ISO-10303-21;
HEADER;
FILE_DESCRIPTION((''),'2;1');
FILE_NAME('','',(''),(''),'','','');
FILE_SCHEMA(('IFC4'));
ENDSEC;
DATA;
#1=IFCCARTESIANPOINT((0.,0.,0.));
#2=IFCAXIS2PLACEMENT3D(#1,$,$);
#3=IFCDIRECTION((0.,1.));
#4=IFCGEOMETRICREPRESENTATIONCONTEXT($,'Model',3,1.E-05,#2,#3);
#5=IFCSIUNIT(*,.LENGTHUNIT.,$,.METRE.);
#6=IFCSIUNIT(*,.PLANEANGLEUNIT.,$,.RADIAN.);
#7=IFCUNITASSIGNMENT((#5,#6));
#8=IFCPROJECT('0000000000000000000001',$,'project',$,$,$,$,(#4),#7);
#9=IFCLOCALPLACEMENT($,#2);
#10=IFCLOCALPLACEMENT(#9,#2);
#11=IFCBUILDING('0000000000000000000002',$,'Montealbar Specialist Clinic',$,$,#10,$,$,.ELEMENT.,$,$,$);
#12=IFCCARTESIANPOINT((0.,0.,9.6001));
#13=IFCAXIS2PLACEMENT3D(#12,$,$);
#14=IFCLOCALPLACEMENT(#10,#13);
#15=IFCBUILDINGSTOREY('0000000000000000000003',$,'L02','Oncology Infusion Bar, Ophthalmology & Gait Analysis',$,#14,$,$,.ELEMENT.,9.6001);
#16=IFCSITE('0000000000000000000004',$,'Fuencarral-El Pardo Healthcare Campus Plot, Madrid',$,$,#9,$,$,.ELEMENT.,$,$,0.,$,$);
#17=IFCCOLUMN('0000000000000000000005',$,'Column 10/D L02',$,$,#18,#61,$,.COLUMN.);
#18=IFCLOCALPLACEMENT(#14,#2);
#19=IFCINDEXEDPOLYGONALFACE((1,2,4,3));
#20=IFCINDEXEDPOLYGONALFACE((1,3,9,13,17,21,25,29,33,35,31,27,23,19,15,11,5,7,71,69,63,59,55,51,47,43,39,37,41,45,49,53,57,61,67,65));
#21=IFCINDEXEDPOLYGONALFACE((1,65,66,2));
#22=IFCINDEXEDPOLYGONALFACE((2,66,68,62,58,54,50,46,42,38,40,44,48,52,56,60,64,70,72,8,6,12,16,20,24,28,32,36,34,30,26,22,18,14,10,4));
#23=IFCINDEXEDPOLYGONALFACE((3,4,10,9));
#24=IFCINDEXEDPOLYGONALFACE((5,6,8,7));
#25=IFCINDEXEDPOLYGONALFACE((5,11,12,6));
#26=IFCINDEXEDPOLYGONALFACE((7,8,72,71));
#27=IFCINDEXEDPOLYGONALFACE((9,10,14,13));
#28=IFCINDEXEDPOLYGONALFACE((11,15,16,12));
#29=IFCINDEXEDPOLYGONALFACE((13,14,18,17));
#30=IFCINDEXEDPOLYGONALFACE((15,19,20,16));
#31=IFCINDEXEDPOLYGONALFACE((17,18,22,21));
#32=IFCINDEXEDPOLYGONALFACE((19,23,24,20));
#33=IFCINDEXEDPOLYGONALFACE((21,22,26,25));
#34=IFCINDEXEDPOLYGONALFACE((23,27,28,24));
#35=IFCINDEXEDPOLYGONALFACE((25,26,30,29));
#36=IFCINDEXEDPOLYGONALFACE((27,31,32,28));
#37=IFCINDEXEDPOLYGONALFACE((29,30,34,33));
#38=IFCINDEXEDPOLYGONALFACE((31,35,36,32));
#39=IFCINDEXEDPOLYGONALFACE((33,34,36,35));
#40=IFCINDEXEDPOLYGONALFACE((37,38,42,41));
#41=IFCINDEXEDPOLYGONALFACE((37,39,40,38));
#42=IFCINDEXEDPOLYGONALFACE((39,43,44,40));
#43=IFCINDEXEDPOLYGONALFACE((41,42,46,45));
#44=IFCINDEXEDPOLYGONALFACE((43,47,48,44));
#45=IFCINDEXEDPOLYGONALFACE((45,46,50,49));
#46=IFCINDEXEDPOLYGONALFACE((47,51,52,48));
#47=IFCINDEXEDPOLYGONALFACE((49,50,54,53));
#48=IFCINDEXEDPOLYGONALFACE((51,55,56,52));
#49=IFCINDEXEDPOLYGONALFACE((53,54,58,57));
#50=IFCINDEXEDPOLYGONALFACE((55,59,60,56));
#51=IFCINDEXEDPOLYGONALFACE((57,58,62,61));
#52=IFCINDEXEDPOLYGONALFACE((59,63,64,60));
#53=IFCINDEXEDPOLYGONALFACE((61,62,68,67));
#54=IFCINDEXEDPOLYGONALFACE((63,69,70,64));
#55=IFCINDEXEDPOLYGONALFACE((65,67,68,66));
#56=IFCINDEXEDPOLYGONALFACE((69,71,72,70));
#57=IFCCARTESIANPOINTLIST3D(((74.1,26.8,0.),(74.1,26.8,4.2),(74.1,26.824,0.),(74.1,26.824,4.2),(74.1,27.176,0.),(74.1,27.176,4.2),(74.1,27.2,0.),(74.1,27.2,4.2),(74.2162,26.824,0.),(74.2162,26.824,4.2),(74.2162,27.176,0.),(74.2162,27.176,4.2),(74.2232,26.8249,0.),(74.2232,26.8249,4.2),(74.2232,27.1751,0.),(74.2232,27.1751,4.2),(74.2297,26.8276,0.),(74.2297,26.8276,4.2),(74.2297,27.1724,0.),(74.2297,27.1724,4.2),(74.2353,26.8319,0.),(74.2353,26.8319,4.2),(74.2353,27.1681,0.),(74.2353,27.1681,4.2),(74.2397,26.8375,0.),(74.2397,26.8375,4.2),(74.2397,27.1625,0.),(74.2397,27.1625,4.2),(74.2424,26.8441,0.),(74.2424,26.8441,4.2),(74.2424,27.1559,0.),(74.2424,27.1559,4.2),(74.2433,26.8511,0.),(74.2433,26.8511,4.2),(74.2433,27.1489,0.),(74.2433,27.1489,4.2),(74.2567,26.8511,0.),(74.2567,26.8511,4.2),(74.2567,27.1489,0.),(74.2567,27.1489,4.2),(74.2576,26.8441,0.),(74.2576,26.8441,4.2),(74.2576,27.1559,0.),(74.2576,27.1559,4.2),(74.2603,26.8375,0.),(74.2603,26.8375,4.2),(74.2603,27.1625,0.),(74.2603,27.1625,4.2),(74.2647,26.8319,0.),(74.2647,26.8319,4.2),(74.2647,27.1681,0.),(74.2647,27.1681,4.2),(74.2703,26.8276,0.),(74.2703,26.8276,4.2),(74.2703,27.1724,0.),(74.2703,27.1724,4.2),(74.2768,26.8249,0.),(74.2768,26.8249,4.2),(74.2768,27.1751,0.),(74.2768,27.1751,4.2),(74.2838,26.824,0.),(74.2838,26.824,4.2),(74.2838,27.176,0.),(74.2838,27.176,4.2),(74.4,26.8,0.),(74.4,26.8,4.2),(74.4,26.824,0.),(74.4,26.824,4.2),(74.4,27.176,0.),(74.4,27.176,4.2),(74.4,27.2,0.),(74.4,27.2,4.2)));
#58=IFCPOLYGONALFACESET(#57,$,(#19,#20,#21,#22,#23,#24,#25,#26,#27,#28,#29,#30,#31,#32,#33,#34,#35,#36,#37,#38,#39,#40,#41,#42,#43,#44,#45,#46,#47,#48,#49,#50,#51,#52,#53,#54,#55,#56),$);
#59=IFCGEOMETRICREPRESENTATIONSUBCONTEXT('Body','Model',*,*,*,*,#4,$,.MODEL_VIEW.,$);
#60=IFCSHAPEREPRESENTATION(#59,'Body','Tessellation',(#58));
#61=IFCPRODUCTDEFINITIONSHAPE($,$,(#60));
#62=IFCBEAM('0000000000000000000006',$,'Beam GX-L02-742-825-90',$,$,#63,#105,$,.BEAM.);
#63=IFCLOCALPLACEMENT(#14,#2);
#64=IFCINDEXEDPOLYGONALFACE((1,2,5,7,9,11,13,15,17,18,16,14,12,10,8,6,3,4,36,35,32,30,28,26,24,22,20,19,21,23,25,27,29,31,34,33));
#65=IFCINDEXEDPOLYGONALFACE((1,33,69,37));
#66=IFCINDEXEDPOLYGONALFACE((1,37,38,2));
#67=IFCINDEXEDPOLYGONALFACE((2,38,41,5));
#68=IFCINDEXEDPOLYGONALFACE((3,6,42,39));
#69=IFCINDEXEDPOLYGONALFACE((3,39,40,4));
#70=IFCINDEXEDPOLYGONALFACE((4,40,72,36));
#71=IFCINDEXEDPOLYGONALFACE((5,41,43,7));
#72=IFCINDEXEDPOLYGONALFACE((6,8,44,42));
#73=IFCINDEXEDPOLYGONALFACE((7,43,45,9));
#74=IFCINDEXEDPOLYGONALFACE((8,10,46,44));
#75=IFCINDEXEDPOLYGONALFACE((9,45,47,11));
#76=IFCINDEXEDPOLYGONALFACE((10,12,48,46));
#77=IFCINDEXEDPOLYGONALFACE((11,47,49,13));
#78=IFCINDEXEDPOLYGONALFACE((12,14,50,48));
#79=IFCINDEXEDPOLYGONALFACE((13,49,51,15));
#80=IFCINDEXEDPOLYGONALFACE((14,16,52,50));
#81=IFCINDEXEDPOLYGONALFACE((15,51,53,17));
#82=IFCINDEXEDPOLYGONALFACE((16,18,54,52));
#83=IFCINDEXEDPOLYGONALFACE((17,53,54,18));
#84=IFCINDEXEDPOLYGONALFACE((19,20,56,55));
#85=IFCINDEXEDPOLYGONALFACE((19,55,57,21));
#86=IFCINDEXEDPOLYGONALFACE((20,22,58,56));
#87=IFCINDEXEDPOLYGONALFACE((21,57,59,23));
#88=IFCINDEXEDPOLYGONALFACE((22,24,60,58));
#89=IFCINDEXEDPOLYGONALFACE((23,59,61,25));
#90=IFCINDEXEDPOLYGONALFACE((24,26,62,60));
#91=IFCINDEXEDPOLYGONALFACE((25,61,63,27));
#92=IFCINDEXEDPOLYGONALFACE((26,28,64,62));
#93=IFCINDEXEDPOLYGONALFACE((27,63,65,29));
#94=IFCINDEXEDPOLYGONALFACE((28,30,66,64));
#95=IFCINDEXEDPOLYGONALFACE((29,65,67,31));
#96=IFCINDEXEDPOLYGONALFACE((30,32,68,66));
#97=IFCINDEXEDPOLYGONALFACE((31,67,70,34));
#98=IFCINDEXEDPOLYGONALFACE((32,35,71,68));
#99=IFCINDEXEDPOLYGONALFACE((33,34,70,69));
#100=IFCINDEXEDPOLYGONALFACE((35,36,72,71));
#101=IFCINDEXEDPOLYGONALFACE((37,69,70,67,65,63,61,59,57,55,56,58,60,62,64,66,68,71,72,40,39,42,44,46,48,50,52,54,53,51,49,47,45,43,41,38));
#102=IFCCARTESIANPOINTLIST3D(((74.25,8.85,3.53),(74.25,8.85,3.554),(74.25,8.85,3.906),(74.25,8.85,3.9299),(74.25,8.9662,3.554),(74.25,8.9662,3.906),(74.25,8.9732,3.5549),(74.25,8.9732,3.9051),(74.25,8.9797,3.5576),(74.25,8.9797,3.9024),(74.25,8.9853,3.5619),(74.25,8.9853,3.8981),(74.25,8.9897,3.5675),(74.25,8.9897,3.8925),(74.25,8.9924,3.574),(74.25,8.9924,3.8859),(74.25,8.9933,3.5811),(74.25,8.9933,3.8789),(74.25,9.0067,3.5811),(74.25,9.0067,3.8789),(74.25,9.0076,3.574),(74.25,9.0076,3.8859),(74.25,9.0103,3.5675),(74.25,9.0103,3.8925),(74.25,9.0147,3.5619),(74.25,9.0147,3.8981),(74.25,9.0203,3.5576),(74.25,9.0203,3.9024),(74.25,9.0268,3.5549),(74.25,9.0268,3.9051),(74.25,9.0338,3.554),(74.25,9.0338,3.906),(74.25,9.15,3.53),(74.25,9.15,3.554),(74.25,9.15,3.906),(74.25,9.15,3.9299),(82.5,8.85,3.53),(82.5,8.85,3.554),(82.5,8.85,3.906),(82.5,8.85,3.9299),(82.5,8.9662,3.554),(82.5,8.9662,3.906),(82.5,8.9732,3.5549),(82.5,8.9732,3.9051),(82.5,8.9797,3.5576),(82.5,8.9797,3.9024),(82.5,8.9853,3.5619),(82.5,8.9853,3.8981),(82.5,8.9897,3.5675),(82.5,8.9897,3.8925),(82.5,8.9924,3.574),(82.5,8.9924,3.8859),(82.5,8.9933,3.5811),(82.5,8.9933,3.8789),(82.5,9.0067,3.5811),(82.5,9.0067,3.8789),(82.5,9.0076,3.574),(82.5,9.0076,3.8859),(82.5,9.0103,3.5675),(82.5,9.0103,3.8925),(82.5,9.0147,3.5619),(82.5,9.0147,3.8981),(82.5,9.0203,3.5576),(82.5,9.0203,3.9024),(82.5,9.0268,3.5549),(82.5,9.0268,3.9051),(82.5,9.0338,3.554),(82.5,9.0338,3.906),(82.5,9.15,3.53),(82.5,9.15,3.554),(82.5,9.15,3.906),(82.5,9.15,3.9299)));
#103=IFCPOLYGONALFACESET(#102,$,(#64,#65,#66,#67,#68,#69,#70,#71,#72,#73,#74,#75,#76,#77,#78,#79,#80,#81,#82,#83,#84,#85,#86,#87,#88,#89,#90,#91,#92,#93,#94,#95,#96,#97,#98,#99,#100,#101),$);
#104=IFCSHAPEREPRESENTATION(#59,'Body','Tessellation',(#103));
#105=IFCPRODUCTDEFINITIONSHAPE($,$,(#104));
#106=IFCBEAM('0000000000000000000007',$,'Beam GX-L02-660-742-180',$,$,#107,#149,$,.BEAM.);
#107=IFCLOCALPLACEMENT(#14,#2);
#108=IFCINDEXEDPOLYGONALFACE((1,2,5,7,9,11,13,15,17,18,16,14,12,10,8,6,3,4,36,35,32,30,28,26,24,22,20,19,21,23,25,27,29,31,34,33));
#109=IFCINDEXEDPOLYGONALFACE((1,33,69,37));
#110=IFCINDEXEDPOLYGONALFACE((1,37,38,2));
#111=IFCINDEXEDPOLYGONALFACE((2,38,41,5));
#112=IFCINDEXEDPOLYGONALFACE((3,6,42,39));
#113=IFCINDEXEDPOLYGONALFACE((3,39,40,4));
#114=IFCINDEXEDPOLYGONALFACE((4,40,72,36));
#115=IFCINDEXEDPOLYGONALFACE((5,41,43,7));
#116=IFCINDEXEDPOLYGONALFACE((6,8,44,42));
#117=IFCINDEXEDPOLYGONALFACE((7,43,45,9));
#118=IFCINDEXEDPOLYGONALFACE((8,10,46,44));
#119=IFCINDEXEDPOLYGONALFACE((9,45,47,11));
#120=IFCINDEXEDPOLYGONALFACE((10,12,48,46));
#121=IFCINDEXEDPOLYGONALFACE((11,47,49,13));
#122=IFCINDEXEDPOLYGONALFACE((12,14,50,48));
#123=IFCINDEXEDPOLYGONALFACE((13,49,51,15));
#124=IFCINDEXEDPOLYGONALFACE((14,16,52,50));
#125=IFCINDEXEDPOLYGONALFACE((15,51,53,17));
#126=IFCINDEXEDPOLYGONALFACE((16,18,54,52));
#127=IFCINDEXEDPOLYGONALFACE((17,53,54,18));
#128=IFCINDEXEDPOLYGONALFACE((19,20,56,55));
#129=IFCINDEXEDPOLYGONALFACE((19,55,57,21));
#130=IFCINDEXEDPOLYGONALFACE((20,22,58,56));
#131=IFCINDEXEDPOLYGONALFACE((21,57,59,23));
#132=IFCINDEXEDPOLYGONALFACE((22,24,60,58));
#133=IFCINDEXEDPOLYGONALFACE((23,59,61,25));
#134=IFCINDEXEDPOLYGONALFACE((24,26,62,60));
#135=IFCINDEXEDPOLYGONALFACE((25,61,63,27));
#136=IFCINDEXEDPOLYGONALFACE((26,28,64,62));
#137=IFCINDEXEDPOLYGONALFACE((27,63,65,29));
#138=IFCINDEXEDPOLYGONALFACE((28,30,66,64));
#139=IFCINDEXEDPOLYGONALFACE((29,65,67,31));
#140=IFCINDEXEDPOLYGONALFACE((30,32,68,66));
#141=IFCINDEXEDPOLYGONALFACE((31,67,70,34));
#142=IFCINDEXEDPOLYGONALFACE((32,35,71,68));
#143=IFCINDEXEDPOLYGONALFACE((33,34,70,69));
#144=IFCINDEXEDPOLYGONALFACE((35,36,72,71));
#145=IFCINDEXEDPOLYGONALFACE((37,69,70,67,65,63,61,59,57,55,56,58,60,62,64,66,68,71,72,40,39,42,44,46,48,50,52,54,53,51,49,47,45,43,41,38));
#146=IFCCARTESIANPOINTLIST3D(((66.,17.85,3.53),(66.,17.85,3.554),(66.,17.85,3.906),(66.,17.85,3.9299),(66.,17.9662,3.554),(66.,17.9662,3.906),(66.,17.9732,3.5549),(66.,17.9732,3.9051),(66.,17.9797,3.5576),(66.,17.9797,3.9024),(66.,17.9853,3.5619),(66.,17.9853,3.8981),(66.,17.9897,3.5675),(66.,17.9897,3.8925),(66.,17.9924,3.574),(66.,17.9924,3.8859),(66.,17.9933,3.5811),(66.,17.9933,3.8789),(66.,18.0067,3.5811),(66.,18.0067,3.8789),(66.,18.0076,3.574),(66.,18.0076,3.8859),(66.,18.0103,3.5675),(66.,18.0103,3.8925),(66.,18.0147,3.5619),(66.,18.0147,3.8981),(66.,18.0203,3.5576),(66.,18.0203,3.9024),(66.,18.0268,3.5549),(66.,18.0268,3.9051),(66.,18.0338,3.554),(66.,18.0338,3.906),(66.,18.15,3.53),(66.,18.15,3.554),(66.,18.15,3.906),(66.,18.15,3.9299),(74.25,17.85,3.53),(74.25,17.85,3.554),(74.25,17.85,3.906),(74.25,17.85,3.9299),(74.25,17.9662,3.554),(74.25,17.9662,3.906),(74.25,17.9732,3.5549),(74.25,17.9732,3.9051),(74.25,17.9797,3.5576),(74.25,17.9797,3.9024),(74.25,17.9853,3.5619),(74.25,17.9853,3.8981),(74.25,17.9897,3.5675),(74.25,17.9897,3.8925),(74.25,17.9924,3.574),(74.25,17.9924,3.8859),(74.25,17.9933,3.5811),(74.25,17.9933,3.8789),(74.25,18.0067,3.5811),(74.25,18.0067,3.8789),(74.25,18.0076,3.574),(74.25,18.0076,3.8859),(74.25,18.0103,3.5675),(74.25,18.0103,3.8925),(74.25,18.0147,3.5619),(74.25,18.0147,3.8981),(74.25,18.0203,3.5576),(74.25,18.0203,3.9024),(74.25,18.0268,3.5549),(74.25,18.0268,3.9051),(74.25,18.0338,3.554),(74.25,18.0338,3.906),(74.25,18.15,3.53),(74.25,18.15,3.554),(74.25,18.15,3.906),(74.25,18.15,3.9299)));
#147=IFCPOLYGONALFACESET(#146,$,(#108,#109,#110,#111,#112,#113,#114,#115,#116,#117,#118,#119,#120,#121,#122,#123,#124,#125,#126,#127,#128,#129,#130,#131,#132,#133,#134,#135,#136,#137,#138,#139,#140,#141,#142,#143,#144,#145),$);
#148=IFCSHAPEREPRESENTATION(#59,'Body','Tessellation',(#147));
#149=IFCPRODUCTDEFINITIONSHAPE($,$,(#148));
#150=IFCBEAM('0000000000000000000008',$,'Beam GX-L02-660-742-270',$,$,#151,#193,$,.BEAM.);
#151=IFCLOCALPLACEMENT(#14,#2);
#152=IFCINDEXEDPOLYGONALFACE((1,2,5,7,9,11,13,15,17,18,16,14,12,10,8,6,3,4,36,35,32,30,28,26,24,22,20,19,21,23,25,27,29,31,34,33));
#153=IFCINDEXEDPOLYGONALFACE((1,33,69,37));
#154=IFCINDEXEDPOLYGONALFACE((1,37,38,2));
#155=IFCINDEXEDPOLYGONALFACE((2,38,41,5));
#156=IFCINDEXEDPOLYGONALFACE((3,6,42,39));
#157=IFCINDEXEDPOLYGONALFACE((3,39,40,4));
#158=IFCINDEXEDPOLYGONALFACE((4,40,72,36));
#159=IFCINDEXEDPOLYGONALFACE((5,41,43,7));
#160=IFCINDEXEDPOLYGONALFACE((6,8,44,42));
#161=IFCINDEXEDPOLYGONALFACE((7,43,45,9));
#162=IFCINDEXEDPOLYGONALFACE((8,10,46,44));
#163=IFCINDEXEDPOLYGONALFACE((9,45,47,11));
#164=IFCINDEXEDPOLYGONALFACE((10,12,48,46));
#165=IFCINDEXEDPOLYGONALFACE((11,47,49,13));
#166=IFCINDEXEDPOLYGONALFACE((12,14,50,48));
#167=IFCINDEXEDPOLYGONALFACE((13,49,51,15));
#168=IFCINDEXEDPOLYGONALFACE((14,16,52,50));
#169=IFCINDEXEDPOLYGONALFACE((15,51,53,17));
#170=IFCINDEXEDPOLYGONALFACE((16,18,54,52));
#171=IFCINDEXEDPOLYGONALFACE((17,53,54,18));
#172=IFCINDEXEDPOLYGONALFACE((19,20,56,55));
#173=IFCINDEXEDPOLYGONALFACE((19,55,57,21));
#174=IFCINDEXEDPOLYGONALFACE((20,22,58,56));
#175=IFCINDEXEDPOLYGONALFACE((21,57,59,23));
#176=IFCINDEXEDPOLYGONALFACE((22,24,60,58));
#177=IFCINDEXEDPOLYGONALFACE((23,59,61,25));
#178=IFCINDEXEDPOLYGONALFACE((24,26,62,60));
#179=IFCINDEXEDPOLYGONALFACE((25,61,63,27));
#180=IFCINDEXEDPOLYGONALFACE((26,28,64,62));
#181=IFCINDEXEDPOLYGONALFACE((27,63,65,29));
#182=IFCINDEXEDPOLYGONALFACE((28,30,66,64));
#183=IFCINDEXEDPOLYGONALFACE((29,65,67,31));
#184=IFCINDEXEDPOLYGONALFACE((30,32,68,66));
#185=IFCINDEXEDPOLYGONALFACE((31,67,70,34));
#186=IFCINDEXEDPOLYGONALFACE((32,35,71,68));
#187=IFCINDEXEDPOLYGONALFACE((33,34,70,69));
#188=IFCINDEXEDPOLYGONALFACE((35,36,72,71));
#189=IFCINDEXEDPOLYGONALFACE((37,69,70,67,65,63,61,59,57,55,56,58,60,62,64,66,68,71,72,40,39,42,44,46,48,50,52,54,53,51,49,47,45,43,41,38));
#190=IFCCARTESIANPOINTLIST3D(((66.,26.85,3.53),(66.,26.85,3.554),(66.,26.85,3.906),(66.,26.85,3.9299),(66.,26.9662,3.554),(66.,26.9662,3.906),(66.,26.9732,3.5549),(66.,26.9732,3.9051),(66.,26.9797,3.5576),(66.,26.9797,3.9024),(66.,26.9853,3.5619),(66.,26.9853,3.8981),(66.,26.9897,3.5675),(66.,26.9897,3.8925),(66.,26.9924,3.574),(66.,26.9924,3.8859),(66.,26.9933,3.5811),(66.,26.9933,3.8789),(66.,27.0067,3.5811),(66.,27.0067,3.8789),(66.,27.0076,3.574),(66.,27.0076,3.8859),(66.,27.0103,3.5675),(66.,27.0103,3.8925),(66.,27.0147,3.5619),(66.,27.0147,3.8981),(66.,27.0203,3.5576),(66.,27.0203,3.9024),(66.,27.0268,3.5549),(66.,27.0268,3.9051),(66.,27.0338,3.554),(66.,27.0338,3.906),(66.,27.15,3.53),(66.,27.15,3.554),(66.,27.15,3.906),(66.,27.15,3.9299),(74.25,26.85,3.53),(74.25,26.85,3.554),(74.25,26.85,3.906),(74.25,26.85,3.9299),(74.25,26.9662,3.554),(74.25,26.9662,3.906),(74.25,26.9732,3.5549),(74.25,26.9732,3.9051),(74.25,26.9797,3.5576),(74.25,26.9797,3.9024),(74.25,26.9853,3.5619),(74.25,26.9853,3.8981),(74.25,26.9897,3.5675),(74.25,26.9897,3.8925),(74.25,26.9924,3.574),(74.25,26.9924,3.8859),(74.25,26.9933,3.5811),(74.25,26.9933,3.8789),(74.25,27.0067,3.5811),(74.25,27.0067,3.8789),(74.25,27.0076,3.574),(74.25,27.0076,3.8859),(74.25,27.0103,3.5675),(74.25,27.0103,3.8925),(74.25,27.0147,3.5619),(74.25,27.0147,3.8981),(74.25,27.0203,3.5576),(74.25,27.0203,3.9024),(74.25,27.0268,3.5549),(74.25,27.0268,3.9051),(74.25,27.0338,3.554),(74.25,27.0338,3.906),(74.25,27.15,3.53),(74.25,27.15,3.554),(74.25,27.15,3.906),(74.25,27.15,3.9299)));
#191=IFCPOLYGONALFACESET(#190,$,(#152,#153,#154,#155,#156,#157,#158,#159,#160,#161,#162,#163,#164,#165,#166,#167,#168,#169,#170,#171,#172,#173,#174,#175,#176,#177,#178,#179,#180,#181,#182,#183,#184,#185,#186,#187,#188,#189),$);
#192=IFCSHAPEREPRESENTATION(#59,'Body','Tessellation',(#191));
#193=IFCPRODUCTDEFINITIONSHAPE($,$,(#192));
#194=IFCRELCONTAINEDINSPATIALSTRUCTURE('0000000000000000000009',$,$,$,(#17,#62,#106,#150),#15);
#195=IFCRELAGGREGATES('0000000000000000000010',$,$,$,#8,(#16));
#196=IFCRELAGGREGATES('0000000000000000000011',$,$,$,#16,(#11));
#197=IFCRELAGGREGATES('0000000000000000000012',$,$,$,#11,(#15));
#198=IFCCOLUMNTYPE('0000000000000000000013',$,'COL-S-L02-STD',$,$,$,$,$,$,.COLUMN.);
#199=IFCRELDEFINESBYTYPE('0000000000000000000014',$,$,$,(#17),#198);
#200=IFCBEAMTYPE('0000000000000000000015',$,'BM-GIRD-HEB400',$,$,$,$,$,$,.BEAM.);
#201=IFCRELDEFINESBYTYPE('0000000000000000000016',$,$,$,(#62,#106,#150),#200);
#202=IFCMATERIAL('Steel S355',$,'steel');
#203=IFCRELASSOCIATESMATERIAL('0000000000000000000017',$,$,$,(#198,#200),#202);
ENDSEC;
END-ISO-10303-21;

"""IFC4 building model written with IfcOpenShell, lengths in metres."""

from ifc_helpers import new_model, si_unit, direction, frame, origin, origin_2d, place, context, subcontext, project, spatial, i_section, extrude, material, material_profile, profile_set, type_object, element, save


model = new_model("IFC4")

# Units and contexts
model_context = context("Model", 3, precision=1e-05, world=origin(), true_north=direction((0.0, 1.0)))
body_context = subcontext(model_context, "Body", "Model", "MODEL_VIEW")
ifc_project = project(units=[si_unit("LENGTHUNIT", "METRE"), si_unit("PLANEANGLEUNIT", "RADIAN")], contexts=[model_context])

# Site, building, storey
site_placement = place(None, origin())
site = spatial("IfcSite", under=ifc_project, at=site_placement, Name="Fuencarral-El Pardo Healthcare Campus Plot, Madrid", CompositionType="ELEMENT", RefElevation=0.0)
building_placement = place(site_placement, origin())
building = spatial("IfcBuilding", under=site, at=building_placement, Name="Montealbar Specialist Clinic", CompositionType="ELEMENT")
storey_placement = place(building_placement, frame((0.0, 0.0, 9.6001)))
storey = spatial("IfcBuildingStorey", under=building, at=storey_placement, Name="L02", Description="Oncology Infusion Bar, Ophthalmology & Gait Analysis", CompositionType="ELEMENT", Elevation=9.6001)

# Column
ifc_material_1 = material(Name="Steel S355", Category="steel")
ifc_material_profile_1 = material_profile(ifc_material_1, i_section(OverallWidth=0.3, OverallDepth=0.3999, WebThickness=0.0134, FlangeThickness=0.0239, FilletRadius=0.0271, at=origin_2d()), Name="HEB 400", Category="steel")
ifc_profile_set_1 = profile_set([ifc_material_profile_1], Name="Steel S355")
column_type_1 = type_object("IfcColumnType", Name="COL-S-L02-STD", PredefinedType="COLUMN", material=ifc_profile_set_1)
for number, where, z_axis, x_axis, name in (
    (1, (74.25, 27.0, 0.0), (0.0, 0.0, 1.0), (1.0, 0.0, 0.0), "Column 10/D L02"),
):
    element("IfcColumn", number, at=place(storey_placement, frame(where, z_axis=z_axis, x_axis=x_axis)), inside=storey, type_object=column_type_1, Name=name, PredefinedType="COLUMN", context=body_context, shape_type="SweptSolid", body=[
        extrude(i_section(OverallWidth=0.3, OverallDepth=0.3999, WebThickness=0.0134, FlangeThickness=0.0239, FilletRadius=0.0271, at=origin_2d()), origin(), (0.0, 0.0, 1.0), 4.2),
    ])

# Beams
ifc_material_profile_2 = material_profile(ifc_material_1, i_section(OverallWidth=0.3, OverallDepth=0.3999, WebThickness=0.0134, FlangeThickness=0.0239, FilletRadius=0.0271, at=origin_2d()), Name="HEB 400", Category="steel")
ifc_profile_set_2 = profile_set([ifc_material_profile_2], Name="Steel S355")
beam_type_1 = type_object("IfcBeamType", Name="BM-GIRD-HEB400", PredefinedType="BEAM", material=ifc_profile_set_2)
for number, where, z_axis, x_axis, name in (
    (2, (74.25, 9.0, 3.73), (1.0, 0.0, 0.0), (0.0, 1.0, 0.0), "Beam GX-L02-742-825-90"),
    (3, (66.0, 18.0, 3.73), (1.0, 0.0, 0.0), (0.0, 1.0, 0.0), "Beam GX-L02-660-742-180"),
    (4, (66.0, 27.0, 3.73), (1.0, 0.0, 0.0), (0.0, 1.0, 0.0), "Beam GX-L02-660-742-270"),
):
    element("IfcBeam", number, at=place(storey_placement, frame(where, z_axis=z_axis, x_axis=x_axis)), inside=storey, type_object=beam_type_1, Name=name, PredefinedType="BEAM", context=body_context, shape_type="SweptSolid", body=[
        extrude(i_section(OverallWidth=0.3, OverallDepth=0.3999, WebThickness=0.0134, FlangeThickness=0.0239, FilletRadius=0.0271, at=origin_2d()), origin(), (0.0, 0.0, 1.0), 8.25),
    ])

save(model, "model.ifc")
